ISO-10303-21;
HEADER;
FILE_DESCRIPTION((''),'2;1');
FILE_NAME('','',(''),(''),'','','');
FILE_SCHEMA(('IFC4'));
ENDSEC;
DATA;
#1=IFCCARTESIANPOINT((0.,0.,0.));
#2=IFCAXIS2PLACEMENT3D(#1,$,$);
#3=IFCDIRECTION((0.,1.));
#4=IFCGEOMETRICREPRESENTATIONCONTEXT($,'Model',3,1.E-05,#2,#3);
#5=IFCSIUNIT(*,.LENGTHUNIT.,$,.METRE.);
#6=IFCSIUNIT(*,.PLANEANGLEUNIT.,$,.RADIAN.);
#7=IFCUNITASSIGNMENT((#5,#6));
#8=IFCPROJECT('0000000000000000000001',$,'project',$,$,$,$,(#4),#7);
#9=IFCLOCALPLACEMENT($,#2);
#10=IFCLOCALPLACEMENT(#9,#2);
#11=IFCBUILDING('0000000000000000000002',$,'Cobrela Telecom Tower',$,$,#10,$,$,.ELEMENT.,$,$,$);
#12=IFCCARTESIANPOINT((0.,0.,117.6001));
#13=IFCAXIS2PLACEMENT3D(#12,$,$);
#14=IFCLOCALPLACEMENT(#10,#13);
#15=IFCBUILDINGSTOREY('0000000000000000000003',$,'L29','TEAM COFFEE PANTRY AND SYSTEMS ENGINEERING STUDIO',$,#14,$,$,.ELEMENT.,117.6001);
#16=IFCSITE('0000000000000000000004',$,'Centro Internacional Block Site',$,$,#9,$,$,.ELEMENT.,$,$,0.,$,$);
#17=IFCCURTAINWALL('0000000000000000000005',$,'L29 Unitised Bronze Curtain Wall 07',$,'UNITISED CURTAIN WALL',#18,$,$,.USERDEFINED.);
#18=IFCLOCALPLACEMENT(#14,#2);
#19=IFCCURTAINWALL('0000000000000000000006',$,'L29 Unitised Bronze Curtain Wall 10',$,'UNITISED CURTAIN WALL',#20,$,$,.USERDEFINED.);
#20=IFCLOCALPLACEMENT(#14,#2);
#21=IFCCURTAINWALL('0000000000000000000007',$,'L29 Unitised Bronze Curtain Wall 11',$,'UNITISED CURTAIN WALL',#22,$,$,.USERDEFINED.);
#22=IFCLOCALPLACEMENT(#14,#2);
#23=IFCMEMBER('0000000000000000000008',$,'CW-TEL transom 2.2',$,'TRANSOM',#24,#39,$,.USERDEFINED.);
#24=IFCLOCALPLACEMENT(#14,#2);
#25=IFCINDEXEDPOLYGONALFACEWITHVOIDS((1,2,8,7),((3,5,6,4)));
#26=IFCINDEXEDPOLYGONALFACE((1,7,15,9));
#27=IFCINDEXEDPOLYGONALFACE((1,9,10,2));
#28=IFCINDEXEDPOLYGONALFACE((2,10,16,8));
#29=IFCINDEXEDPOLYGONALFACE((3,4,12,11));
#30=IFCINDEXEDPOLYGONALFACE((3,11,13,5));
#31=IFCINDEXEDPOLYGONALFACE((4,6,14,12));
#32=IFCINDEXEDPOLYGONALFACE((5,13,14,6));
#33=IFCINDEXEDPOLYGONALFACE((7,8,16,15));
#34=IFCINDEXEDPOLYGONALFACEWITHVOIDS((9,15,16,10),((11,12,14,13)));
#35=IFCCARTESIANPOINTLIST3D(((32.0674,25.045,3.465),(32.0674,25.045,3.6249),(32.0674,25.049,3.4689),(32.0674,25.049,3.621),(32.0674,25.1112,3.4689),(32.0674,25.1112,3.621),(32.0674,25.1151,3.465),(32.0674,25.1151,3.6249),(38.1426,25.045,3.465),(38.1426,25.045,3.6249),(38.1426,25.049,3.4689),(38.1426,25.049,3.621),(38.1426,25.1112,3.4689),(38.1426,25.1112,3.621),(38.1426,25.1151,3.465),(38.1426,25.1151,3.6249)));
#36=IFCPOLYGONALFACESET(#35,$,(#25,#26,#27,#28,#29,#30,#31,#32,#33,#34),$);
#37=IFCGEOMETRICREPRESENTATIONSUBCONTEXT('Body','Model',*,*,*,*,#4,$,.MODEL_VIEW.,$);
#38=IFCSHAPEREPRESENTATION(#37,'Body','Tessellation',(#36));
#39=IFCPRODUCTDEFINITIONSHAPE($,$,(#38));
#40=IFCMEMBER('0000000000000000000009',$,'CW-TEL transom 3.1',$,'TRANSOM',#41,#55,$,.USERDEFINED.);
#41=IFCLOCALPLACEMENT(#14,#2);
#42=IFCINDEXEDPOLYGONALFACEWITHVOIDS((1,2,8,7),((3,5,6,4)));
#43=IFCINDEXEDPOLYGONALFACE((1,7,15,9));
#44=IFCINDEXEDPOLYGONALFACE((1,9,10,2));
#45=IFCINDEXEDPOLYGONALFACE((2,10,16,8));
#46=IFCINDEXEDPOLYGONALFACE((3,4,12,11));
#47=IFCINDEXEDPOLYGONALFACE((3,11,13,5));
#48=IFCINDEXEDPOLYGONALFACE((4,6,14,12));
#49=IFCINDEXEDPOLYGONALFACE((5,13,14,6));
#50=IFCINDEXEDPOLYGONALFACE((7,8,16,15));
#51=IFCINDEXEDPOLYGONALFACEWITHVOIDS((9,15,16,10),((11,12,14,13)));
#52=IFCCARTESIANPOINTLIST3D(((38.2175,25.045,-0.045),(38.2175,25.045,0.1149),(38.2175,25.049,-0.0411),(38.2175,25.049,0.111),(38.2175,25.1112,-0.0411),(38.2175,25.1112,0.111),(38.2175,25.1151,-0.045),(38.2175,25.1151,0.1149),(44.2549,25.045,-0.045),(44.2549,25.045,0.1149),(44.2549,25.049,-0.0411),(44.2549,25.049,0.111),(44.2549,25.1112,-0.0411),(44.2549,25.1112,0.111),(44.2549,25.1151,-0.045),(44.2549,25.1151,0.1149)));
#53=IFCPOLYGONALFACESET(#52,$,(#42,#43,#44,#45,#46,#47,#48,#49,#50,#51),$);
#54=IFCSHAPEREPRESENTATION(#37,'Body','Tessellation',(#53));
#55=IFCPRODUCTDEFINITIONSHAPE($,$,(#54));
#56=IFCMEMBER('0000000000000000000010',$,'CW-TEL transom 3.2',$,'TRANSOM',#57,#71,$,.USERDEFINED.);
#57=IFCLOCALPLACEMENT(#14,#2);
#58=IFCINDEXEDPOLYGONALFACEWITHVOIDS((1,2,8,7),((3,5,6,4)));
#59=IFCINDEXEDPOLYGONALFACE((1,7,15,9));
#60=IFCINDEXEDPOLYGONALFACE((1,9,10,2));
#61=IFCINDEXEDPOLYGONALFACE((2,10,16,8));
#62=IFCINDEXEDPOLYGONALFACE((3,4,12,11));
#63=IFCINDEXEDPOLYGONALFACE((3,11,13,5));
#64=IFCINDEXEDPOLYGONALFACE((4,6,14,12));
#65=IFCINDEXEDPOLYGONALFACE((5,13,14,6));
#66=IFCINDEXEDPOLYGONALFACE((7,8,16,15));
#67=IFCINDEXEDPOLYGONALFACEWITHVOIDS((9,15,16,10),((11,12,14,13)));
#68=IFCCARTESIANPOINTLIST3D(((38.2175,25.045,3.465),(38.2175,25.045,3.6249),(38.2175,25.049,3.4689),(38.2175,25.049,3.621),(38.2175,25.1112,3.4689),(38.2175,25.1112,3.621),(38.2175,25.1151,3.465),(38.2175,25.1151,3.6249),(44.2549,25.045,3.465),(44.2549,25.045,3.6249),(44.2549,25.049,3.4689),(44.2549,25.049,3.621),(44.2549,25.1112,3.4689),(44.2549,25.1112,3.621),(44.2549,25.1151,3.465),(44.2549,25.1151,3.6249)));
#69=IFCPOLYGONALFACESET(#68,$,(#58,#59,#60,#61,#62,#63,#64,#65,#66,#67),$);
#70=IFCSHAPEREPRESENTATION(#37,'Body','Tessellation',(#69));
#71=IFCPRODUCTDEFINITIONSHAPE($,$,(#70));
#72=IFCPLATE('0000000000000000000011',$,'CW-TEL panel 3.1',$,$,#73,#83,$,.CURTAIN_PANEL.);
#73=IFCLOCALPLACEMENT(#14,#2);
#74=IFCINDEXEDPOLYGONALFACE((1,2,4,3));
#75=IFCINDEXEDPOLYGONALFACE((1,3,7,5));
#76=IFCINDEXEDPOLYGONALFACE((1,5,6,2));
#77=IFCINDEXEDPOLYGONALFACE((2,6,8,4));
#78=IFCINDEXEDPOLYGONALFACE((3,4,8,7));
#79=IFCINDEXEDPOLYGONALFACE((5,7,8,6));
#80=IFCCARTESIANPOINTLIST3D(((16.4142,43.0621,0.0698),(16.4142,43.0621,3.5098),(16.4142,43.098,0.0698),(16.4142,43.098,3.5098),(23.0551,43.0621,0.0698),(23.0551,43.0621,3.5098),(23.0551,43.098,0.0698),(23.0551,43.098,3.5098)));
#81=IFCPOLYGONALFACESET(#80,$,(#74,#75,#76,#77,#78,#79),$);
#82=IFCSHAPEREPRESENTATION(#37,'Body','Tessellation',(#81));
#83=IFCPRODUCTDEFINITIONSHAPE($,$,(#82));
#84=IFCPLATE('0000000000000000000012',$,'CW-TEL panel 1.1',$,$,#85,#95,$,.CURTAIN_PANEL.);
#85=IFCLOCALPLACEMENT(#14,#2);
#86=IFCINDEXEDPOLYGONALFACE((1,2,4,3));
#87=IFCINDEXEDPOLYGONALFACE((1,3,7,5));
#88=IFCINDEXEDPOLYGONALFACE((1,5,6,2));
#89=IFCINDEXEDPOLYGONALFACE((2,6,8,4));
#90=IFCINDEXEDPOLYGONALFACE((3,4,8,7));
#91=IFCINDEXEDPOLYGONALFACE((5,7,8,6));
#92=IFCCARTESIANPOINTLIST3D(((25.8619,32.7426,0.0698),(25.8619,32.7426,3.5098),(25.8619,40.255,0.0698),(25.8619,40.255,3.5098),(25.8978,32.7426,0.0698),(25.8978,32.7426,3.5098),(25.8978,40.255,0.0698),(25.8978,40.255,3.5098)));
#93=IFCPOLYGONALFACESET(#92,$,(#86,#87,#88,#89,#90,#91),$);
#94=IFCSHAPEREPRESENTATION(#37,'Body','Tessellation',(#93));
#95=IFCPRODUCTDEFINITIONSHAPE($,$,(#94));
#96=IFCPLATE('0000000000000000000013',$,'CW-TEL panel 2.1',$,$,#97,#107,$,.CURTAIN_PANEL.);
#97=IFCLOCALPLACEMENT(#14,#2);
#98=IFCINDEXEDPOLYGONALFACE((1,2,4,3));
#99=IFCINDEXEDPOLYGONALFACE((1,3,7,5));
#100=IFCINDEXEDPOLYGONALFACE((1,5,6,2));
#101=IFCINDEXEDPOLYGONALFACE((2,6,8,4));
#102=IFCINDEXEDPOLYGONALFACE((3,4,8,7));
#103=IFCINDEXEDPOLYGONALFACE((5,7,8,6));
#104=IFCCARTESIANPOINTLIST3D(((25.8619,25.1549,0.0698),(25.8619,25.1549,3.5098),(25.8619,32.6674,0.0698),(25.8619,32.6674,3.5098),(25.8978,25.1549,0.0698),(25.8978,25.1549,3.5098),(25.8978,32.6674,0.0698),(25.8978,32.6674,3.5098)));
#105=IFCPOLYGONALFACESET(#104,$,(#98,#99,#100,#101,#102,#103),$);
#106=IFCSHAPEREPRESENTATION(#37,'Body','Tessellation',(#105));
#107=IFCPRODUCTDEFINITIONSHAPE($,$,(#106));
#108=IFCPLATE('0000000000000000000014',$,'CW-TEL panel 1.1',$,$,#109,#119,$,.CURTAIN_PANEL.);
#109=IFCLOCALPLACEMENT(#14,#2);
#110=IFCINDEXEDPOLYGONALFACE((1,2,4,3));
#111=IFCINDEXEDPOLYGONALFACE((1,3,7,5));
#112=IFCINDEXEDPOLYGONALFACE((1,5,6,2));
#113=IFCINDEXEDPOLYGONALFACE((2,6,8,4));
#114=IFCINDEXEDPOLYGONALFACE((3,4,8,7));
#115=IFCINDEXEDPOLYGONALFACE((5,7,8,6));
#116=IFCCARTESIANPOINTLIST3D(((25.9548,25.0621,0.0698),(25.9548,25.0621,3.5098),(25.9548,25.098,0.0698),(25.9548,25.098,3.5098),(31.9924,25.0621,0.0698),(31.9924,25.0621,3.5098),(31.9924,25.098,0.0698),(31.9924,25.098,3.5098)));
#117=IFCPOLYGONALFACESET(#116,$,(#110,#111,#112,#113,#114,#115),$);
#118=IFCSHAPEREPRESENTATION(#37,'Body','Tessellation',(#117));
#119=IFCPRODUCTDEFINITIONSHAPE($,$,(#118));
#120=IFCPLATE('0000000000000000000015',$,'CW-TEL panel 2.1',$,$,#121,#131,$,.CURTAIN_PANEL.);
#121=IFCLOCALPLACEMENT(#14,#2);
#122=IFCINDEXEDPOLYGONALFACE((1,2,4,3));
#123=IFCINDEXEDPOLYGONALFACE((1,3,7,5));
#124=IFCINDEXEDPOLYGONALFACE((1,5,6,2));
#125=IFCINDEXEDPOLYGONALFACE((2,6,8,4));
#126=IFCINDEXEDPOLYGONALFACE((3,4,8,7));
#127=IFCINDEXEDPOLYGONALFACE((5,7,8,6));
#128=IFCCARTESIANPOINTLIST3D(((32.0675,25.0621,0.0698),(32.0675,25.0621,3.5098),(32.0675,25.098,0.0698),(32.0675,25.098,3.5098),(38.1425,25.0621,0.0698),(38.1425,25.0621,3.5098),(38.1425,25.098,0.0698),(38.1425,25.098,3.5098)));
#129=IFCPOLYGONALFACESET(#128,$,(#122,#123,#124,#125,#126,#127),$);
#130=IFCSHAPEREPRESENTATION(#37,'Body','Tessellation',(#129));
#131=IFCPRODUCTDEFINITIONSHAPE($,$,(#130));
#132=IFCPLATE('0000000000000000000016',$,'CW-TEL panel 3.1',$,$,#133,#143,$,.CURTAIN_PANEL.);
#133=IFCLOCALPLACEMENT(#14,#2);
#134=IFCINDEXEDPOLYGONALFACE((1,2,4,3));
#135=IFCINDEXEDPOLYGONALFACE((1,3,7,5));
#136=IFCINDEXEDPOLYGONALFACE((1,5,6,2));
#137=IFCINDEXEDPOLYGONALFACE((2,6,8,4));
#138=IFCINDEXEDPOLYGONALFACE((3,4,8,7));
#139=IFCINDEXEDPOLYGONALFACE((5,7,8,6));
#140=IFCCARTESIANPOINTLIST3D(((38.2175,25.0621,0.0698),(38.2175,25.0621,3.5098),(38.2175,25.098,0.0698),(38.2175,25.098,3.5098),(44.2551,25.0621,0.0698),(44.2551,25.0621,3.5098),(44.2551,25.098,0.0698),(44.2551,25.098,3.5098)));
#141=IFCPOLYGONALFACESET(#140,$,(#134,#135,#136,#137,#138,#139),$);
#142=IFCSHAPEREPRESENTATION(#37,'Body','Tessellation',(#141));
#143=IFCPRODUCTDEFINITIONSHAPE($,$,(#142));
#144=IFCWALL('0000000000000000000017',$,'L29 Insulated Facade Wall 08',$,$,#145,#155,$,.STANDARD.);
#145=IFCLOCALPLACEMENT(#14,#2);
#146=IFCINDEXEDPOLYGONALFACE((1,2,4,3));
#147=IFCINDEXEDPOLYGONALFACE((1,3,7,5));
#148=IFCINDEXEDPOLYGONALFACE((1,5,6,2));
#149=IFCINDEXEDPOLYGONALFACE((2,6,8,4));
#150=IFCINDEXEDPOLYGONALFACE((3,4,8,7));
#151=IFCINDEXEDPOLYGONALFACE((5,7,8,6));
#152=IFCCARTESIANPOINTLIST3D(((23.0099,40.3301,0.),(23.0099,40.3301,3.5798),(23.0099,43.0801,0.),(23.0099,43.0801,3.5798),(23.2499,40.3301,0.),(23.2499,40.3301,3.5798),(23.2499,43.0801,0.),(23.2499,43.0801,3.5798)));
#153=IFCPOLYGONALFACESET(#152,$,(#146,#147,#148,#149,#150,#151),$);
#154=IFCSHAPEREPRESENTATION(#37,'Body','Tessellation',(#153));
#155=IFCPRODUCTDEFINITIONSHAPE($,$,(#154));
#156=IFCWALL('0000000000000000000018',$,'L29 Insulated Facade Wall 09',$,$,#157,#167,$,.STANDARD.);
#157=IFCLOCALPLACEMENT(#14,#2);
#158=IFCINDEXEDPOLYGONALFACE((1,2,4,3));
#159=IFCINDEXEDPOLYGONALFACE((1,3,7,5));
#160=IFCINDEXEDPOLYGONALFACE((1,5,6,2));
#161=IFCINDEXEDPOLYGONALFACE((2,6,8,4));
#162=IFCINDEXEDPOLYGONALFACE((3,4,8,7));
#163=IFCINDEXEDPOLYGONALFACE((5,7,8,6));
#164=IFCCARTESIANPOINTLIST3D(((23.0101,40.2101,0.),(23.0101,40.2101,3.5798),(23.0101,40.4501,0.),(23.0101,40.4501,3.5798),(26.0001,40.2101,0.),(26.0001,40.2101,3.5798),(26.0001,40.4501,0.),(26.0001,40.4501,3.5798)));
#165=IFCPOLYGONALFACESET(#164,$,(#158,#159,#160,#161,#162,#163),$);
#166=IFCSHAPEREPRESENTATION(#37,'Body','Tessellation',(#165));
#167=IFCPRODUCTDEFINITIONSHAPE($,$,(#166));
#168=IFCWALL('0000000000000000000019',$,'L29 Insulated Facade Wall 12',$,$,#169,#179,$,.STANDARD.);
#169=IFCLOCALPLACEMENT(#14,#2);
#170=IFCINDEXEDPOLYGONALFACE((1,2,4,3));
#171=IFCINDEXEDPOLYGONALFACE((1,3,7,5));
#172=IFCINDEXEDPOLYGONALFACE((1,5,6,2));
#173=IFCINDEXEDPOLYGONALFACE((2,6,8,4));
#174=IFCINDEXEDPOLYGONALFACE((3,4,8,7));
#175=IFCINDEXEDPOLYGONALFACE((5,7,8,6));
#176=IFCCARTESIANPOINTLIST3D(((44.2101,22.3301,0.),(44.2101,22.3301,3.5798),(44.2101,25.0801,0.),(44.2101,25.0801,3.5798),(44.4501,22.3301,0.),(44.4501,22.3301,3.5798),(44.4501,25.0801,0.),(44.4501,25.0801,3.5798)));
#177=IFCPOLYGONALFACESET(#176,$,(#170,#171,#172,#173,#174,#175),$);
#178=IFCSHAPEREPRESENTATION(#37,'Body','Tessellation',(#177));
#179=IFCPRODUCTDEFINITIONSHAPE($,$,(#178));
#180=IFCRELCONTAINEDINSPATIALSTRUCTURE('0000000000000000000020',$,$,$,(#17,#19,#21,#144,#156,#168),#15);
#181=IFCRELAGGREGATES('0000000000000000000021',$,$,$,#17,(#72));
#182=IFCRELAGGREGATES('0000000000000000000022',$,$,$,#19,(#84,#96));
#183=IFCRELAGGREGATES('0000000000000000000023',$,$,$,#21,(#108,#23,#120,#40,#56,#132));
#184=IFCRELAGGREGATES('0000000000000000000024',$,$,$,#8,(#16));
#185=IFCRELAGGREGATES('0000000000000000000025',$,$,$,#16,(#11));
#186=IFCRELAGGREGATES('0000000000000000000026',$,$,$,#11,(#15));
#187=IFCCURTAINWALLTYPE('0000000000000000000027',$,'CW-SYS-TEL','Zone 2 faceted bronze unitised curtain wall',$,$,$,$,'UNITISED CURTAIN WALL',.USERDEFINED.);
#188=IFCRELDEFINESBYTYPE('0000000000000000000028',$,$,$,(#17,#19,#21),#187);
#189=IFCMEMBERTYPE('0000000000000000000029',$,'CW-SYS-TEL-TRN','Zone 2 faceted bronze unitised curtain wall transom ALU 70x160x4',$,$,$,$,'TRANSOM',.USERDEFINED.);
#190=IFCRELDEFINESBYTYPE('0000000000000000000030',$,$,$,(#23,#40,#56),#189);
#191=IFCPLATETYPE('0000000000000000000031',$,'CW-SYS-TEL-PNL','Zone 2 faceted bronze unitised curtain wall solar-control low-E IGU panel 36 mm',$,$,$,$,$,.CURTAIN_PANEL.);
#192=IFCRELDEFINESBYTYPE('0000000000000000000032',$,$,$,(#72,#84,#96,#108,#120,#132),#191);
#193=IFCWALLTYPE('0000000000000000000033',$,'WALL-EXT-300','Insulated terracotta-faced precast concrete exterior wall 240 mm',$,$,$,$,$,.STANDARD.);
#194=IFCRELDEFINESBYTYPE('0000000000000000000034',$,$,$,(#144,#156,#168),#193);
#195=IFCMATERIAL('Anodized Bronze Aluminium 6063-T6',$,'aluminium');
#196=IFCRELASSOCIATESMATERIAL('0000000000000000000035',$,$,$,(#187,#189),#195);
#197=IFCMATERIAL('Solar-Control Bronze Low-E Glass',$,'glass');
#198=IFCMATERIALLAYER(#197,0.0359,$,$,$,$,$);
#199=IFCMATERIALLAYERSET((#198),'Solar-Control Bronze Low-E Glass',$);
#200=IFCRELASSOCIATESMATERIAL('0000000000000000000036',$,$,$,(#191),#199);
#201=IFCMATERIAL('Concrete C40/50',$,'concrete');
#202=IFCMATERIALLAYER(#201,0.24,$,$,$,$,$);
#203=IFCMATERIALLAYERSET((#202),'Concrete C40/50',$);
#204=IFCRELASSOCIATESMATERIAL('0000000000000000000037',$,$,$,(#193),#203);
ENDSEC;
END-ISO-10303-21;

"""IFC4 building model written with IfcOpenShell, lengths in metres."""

from ifc_helpers import new_model, si_unit, direction, frame, frame_2d, origin, origin_2d, place, context, subcontext, project, spatial, rectangle, hollow_rectangle, extrude, material, layer, layer_set, material_profile, profile_set, type_object, element, aggregate, save


model = new_model("IFC4")

# Units and contexts
model_context = context("Model", 3, precision=1e-05, world=origin(), true_north=direction((0.0, 1.0)))
body_context = subcontext(model_context, "Body", "Model", "MODEL_VIEW")
ifc_project = project(units=[si_unit("LENGTHUNIT", "METRE"), si_unit("PLANEANGLEUNIT", "RADIAN")], contexts=[model_context])

# Site, building, storey
site_placement = place(None, origin())
site = spatial("IfcSite", under=ifc_project, at=site_placement, Name="Centro Internacional Block Site", CompositionType="ELEMENT", RefElevation=0.0)
building_placement = place(site_placement, origin())
building = spatial("IfcBuilding", under=site, at=building_placement, Name="Cobrela Telecom Tower", CompositionType="ELEMENT")
storey_placement = place(building_placement, frame((0.0, 0.0, 117.6001)))
storey = spatial("IfcBuildingStorey", under=building, at=storey_placement, Name="L29", Description="TEAM COFFEE PANTRY AND SYSTEMS ENGINEERING STUDIO", CompositionType="ELEMENT", Elevation=117.6001)

# Curtain wall
ifc_material_1 = material(Name="Anodized Bronze Aluminium 6063-T6", Category="aluminium")
curtain_wall_type = type_object("IfcCurtainWallType", Name="CW-SYS-TEL", Description="Zone 2 faceted bronze unitised curtain wall", ElementType="UNITISED CURTAIN WALL", PredefinedType="USERDEFINED", material=ifc_material_1)
curtain_wall_1_placement = place(storey_placement, origin())
curtain_wall_1 = element("IfcCurtainWall", 1, at=curtain_wall_1_placement, inside=storey, type_object=curtain_wall_type, Name="L29 Unitised Bronze Curtain Wall 07", ObjectType="UNITISED CURTAIN WALL", PredefinedType="USERDEFINED")

# Curtain walls
curtain_wall_2_placement = place(storey_placement, origin())
curtain_wall_2 = element("IfcCurtainWall", 2, at=curtain_wall_2_placement, inside=storey, type_object=curtain_wall_type, Name="L29 Unitised Bronze Curtain Wall 10", ObjectType="UNITISED CURTAIN WALL", PredefinedType="USERDEFINED")
curtain_wall_3_placement = place(storey_placement, origin())
curtain_wall_3 = element("IfcCurtainWall", 3, at=curtain_wall_3_placement, inside=storey, type_object=curtain_wall_type, Name="L29 Unitised Bronze Curtain Wall 11", ObjectType="UNITISED CURTAIN WALL", PredefinedType="USERDEFINED")

# Members
ifc_material_profile_1 = material_profile(ifc_material_1, hollow_rectangle(XDim=0.0701, YDim=0.1599, WallThickness=0.0039, at=origin_2d()), Name="ALU 70x160x4")
ifc_profile_set_1 = profile_set([ifc_material_profile_1], Name="Anodized Bronze Aluminium 6063-T6")
member_type_1 = type_object("IfcMemberType", Name="CW-SYS-TEL-TRN", Description="Zone 2 faceted bronze unitised curtain wall transom ALU 70x160x4", ElementType="TRANSOM", PredefinedType="USERDEFINED", material=ifc_profile_set_1)
member_1_placement = place(storey_placement, frame((32.0674, 25.0801, 3.5449), z_axis=(1.0, 0.0, 0.0), x_axis=(0.0, 1.0, 0.0)))
member_1 = element("IfcMember", 4, at=member_1_placement, type_object=member_type_1, Name="CW-TEL transom 2.2", ObjectType="TRANSOM", PredefinedType="USERDEFINED", context=body_context, shape_type="SweptSolid", body=[
    extrude(hollow_rectangle(XDim=0.0701, YDim=0.1599, WallThickness=0.0039, at=origin_2d()), origin(), (0.0, 0.0, 1.0), 6.0752),
])
member_2_placement = place(storey_placement, frame((38.2175, 25.0801, 0.0349), z_axis=(1.0, 0.0, 0.0), x_axis=(0.0, 1.0, 0.0)))
member_2 = element("IfcMember", 5, at=member_2_placement, type_object=member_type_1, Name="CW-TEL transom 3.1", ObjectType="TRANSOM", PredefinedType="USERDEFINED", context=body_context, shape_type="SweptSolid", body=[
    extrude(hollow_rectangle(XDim=0.0701, YDim=0.1599, WallThickness=0.0039, at=origin_2d()), origin(), (0.0, 0.0, 1.0), 6.0374),
])
member_3_placement = place(storey_placement, frame((38.2175, 25.0801, 3.5449), z_axis=(1.0, 0.0, 0.0), x_axis=(0.0, 1.0, 0.0)))
member_3 = element("IfcMember", 6, at=member_3_placement, type_object=member_type_1, Name="CW-TEL transom 3.2", ObjectType="TRANSOM", PredefinedType="USERDEFINED", context=body_context, shape_type="SweptSolid", body=[
    extrude(hollow_rectangle(XDim=0.0701, YDim=0.1599, WallThickness=0.0039, at=origin_2d()), origin(), (0.0, 0.0, 1.0), 6.0374),
])

# Plates
ifc_material_2 = material(Name="Solar-Control Bronze Low-E Glass", Category="glass")
ifc_layer_1 = layer(ifc_material_2, 0.0359)
ifc_layer_set_1 = layer_set([ifc_layer_1], Name="Solar-Control Bronze Low-E Glass")
plate_type = type_object("IfcPlateType", Name="CW-SYS-TEL-PNL", Description="Zone 2 faceted bronze unitised curtain wall solar-control low-E IGU panel 36 mm", PredefinedType="CURTAIN_PANEL", material=ifc_layer_set_1)
plate_1_placement = place(storey_placement, frame((19.7346, 43.0801, 0.0698), z_axis=(0.0, 0.0, 1.0), x_axis=(1.0, 0.0, 0.0)))
plate_1 = element("IfcPlate", 7, at=plate_1_placement, type_object=plate_type, Name="CW-TEL panel 3.1", PredefinedType="CURTAIN_PANEL", context=body_context, shape_type="SweptSolid", body=[
    extrude(rectangle(XDim=6.6409, YDim=0.0359, at=origin_2d()), origin(), (0.0, 0.0, 1.0), 3.4399),
])
aggregate(curtain_wall_1, [plate_1])
plate_2_placement = place(storey_placement, frame((25.8799, 36.4988, 0.0698), z_axis=(0.0, 0.0, 1.0), x_axis=(0.0, -1.0, 0.0)))
plate_2 = element("IfcPlate", 8, at=plate_2_placement, type_object=plate_type, Name="CW-TEL panel 1.1", PredefinedType="CURTAIN_PANEL", context=body_context, shape_type="SweptSolid", body=[
    extrude(rectangle(XDim=7.5125, YDim=0.0359, at=origin_2d()), origin(), (0.0, 0.0, 1.0), 3.4399),
])
plate_3_placement = place(storey_placement, frame((25.8799, 28.9111, 0.0698), z_axis=(0.0, 0.0, 1.0), x_axis=(0.0, -1.0, 0.0)))
plate_3 = element("IfcPlate", 9, at=plate_3_placement, type_object=plate_type, Name="CW-TEL panel 2.1", PredefinedType="CURTAIN_PANEL", context=body_context, shape_type="SweptSolid", body=[
    extrude(rectangle(XDim=7.5125, YDim=0.0359, at=origin_2d()), origin(), (0.0, 0.0, 1.0), 3.4399),
])
aggregate(curtain_wall_2, [plate_2, plate_3])
plate_4_placement = place(storey_placement, frame((28.9736, 25.0801, 0.0698), z_axis=(0.0, 0.0, 1.0), x_axis=(1.0, 0.0, 0.0)))
plate_4 = element("IfcPlate", 10, at=plate_4_placement, type_object=plate_type, Name="CW-TEL panel 1.1", PredefinedType="CURTAIN_PANEL", context=body_context, shape_type="SweptSolid", body=[
    extrude(rectangle(XDim=6.0376, YDim=0.0359, at=origin_2d()), origin(), (0.0, 0.0, 1.0), 3.4399),
])
plate_5_placement = place(storey_placement, frame((35.105, 25.0801, 0.0698), z_axis=(0.0, 0.0, 1.0), x_axis=(1.0, 0.0, 0.0)))
plate_5 = element("IfcPlate", 11, at=plate_5_placement, type_object=plate_type, Name="CW-TEL panel 2.1", PredefinedType="CURTAIN_PANEL", context=body_context, shape_type="SweptSolid", body=[
    extrude(rectangle(XDim=6.075, YDim=0.0359, at=origin_2d()), origin(), (0.0, 0.0, 1.0), 3.4399),
])
plate_6_placement = place(storey_placement, frame((41.2363, 25.0801, 0.0698), z_axis=(0.0, 0.0, 1.0), x_axis=(1.0, 0.0, 0.0)))
plate_6 = element("IfcPlate", 12, at=plate_6_placement, type_object=plate_type, Name="CW-TEL panel 3.1", PredefinedType="CURTAIN_PANEL", context=body_context, shape_type="SweptSolid", body=[
    extrude(rectangle(XDim=6.0376, YDim=0.0359, at=origin_2d()), origin(), (0.0, 0.0, 1.0), 3.4399),
])
aggregate(curtain_wall_3, [plate_4, member_1, plate_5, member_2, member_3, plate_6])

# Walls
ifc_material_3 = material(Name="Concrete C40/50", Category="concrete")
ifc_layer_2 = layer(ifc_material_3, 0.24)
ifc_layer_set_2 = layer_set([ifc_layer_2], Name="Concrete C40/50")
wall_type = type_object("IfcWallType", Name="WALL-EXT-300", Description="Insulated terracotta-faced precast concrete exterior wall 240 mm", PredefinedType="STANDARD", material=ifc_layer_set_2)
wall_1_placement = place(storey_placement, frame((23.1299, 43.0801, 0.0), z_axis=(0.0, 0.0, 1.0), x_axis=(0.0, -1.0, 0.0)))
element("IfcWall", 13, at=wall_1_placement, inside=storey, type_object=wall_type, Name="L29 Insulated Facade Wall 08", PredefinedType="STANDARD", context=body_context, shape_type="SweptSolid", body=[
    extrude(rectangle(XDim=2.75, YDim=0.24, at=frame_2d((1.375, 0.0))), origin(), (0.0, 0.0, 1.0), 3.5798),
])
wall_2_placement = place(storey_placement, frame((23.01, 40.3301, 0.0), z_axis=(0.0, 0.0, 1.0), x_axis=(1.0, 0.0, 0.0)))
element("IfcWall", 14, at=wall_2_placement, inside=storey, type_object=wall_type, Name="L29 Insulated Facade Wall 09", PredefinedType="STANDARD", context=body_context, shape_type="SweptSolid", body=[
    extrude(rectangle(XDim=2.99, YDim=0.24, at=frame_2d((1.4951, 0.0))), origin(), (0.0, 0.0, 1.0), 3.5798),
])
wall_3_placement = place(storey_placement, frame((44.3301, 25.0801, 0.0), z_axis=(0.0, 0.0, 1.0), x_axis=(0.0, -1.0, 0.0)))
element("IfcWall", 15, at=wall_3_placement, inside=storey, type_object=wall_type, Name="L29 Insulated Facade Wall 12", PredefinedType="STANDARD", context=body_context, shape_type="SweptSolid", body=[
    extrude(rectangle(XDim=2.75, YDim=0.24, at=frame_2d((1.375, 0.0))), origin(), (0.0, 0.0, 1.0), 3.5798),
])

save(model, "model.ifc")
